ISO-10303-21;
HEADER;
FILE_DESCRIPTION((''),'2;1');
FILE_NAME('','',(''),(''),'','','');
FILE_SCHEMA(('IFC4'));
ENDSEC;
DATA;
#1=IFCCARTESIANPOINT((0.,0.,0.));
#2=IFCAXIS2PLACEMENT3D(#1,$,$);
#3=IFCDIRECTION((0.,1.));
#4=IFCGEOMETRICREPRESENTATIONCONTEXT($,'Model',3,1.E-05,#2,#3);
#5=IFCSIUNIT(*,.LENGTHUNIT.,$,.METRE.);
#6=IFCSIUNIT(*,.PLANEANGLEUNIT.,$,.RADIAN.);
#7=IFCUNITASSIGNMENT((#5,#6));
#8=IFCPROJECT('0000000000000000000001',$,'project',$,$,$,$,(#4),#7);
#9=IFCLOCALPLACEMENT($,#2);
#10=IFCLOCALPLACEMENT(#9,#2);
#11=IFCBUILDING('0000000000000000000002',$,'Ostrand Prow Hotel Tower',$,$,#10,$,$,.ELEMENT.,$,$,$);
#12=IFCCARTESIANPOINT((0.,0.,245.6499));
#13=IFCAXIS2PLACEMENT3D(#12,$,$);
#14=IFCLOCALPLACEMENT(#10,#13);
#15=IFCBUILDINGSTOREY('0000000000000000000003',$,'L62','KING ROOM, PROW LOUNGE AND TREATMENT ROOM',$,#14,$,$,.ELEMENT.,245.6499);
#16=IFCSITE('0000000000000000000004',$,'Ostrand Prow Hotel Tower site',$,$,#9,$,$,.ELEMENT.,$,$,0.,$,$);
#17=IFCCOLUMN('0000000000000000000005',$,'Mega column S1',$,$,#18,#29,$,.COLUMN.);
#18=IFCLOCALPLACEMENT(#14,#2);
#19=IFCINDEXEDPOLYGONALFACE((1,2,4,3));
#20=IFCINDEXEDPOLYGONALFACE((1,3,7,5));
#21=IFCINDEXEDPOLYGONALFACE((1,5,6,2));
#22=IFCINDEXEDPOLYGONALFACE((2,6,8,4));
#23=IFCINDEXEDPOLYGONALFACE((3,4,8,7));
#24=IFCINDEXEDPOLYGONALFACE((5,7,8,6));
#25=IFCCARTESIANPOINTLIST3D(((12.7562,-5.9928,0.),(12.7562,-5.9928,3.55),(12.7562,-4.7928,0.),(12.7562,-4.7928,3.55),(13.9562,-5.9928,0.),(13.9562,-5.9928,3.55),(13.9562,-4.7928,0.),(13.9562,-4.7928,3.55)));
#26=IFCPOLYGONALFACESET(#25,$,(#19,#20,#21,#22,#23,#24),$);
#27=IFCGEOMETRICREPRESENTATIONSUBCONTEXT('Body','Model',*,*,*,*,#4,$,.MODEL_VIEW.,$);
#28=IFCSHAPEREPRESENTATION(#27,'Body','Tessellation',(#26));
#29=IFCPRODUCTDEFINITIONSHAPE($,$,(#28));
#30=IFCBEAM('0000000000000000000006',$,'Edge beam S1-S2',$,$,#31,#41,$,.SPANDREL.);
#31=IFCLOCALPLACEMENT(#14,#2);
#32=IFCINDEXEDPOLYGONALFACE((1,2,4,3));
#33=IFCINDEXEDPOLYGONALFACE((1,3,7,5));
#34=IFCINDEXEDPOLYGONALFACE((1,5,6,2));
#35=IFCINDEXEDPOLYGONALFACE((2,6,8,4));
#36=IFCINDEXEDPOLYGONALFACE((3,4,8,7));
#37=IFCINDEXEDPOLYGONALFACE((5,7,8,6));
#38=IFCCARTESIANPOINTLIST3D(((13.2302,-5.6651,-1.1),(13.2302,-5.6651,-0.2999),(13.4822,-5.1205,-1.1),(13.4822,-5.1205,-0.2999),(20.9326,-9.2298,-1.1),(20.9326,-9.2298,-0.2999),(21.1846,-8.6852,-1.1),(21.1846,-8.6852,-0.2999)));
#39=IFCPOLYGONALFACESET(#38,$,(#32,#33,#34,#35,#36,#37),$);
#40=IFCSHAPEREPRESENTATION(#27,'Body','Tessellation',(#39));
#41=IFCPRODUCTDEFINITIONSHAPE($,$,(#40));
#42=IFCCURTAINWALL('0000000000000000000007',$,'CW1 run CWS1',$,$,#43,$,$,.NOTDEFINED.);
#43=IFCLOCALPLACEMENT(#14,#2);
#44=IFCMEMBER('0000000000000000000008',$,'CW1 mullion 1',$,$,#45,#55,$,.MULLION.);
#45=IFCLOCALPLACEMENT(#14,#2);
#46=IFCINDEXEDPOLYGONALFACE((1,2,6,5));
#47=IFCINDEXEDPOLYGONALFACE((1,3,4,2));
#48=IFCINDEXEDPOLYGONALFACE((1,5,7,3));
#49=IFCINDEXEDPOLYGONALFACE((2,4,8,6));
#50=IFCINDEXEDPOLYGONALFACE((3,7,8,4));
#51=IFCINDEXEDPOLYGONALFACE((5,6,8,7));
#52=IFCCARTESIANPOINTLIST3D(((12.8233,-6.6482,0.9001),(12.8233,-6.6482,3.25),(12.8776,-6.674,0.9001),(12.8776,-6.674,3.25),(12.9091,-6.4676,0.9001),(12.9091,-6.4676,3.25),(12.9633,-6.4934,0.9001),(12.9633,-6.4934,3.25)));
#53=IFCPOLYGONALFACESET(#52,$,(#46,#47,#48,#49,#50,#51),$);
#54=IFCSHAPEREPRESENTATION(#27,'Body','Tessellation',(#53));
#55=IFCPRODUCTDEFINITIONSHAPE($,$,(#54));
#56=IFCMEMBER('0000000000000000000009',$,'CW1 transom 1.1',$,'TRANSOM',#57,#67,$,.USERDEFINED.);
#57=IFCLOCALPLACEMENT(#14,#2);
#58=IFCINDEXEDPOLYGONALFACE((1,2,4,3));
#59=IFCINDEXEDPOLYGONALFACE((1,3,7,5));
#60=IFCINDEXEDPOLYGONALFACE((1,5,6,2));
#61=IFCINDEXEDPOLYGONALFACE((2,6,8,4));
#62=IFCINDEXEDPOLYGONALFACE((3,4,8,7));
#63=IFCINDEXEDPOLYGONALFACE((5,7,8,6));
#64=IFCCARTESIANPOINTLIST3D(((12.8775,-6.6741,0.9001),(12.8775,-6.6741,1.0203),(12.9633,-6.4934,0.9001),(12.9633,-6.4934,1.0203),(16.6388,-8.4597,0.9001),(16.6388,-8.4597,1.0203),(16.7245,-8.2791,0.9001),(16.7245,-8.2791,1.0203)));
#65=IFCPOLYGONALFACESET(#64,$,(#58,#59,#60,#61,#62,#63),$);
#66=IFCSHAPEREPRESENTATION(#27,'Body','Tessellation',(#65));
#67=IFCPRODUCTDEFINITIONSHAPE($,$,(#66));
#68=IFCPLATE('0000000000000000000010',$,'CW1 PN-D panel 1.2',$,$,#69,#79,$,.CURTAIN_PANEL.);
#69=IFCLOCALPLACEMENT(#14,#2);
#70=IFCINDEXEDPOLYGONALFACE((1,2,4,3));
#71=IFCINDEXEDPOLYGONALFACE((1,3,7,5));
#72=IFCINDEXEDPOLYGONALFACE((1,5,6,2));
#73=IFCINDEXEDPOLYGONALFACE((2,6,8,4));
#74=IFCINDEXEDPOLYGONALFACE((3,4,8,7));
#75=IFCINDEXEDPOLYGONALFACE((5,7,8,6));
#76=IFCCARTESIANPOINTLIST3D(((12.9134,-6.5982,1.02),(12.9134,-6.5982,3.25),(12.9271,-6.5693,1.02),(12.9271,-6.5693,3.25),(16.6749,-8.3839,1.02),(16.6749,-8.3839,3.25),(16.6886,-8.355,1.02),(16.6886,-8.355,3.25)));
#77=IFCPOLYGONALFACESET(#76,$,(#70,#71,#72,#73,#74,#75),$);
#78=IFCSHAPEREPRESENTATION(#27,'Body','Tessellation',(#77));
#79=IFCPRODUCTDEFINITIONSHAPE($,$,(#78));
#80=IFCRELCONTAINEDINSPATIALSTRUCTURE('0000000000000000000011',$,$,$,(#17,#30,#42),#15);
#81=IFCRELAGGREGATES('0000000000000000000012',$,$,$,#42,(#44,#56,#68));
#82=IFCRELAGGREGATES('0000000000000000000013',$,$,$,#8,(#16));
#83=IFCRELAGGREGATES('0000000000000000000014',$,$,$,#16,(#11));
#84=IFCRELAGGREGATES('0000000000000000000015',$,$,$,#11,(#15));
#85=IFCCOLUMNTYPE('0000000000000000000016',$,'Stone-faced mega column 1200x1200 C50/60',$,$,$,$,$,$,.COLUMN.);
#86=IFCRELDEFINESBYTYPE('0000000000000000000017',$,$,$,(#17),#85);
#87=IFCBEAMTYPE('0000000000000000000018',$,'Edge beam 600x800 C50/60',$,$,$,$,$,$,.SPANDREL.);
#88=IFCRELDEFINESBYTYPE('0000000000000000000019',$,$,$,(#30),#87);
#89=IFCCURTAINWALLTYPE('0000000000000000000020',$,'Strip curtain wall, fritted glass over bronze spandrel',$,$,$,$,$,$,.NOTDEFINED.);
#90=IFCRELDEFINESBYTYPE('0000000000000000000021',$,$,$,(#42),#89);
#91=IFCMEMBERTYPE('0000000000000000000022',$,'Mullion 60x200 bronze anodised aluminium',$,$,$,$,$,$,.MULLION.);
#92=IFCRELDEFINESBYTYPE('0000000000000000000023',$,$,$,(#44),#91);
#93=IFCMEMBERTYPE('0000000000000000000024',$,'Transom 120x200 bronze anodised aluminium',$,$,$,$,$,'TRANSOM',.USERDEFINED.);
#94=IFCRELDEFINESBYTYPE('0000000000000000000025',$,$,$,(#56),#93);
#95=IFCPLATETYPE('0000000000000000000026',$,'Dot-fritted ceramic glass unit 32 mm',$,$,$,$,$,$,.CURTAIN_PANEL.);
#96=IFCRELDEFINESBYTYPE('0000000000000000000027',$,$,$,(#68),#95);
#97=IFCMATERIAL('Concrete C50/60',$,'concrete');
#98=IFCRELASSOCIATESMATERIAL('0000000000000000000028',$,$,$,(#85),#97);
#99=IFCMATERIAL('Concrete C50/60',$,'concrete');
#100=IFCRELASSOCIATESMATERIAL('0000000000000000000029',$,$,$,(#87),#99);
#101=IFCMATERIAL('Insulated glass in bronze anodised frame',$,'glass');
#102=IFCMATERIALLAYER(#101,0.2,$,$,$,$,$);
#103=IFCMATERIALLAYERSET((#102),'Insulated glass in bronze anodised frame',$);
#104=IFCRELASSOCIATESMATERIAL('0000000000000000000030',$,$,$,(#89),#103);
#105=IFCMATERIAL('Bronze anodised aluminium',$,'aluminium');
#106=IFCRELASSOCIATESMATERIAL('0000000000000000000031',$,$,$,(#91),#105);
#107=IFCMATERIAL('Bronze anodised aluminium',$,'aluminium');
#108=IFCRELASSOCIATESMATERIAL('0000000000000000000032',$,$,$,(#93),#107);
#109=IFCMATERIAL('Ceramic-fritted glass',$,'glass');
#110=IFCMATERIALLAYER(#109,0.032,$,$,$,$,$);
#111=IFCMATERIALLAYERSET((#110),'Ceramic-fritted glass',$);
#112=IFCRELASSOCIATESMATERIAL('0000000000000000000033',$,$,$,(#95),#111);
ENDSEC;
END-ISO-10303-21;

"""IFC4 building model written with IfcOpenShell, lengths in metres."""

from ifc_helpers import new_model, si_unit, direction, frame, origin, origin_2d, place, context, subcontext, project, spatial, rectangle, extrude, material, layer, layer_set, material_profile, profile_set, type_object, element, aggregate, save


model = new_model("IFC4")

# Units and contexts
model_context = context("Model", 3, precision=1e-05, world=origin(), true_north=direction((0.0, 1.0)))
body_context = subcontext(model_context, "Body", "Model", "MODEL_VIEW")
ifc_project = project(units=[si_unit("LENGTHUNIT", "METRE"), si_unit("PLANEANGLEUNIT", "RADIAN")], contexts=[model_context])

# Site, building, storey
site_placement = place(None, origin())
site = spatial("IfcSite", under=ifc_project, at=site_placement, Name="Ostrand Prow Hotel Tower site", CompositionType="ELEMENT", RefElevation=0.0)
building_placement = place(site_placement, origin())
building = spatial("IfcBuilding", under=site, at=building_placement, Name="Ostrand Prow Hotel Tower", CompositionType="ELEMENT")
storey_placement = place(building_placement, frame((0.0, 0.0, 245.6499)))
storey = spatial("IfcBuildingStorey", under=building, at=storey_placement, Name="L62", Description="KING ROOM, PROW LOUNGE AND TREATMENT ROOM", CompositionType="ELEMENT", Elevation=245.6499)

# Column
ifc_material_1 = material(Name="Concrete C50/60", Category="concrete")
ifc_material_profile_1 = material_profile(ifc_material_1, rectangle(XDim=1.2, YDim=1.2, at=origin_2d()), Name="RC 1200x1200")
ifc_profile_set_1 = profile_set([ifc_material_profile_1], Name="Concrete C50/60")
column_type = type_object("IfcColumnType", Name="Stone-faced mega column 1200x1200 C50/60", PredefinedType="COLUMN", material=ifc_profile_set_1)
column_placement = place(storey_placement, frame((13.3562, -5.3928, 0.0), z_axis=(0.0, 0.0, 1.0), x_axis=(1.0, 0.0, 0.0)))
element("IfcColumn", 1, at=column_placement, inside=storey, type_object=column_type, Name="Mega column S1", PredefinedType="COLUMN", context=body_context, shape_type="SweptSolid", body=[
    extrude(rectangle(XDim=1.2, YDim=1.2, at=origin_2d()), origin(), (0.0, 0.0, 1.0), 3.55),
])

# Beam
ifc_material_2 = material(Name="Concrete C50/60", Category="concrete")
ifc_material_profile_2 = material_profile(ifc_material_2, rectangle(XDim=0.6001, YDim=0.8, at=origin_2d()), Name="RC 600x800")
ifc_profile_set_2 = profile_set([ifc_material_profile_2], Name="Concrete C50/60")
beam_type = type_object("IfcBeamType", Name="Edge beam 600x800 C50/60", PredefinedType="SPANDREL", material=ifc_profile_set_2)
beam_placement = place(storey_placement, frame((13.3562, -5.3928, -0.7), z_axis=(0.907522, -0.420005, 0.0), x_axis=(0.420005, 0.907522, 0.0)))
element("IfcBeam", 2, at=beam_placement, inside=storey, type_object=beam_type, Name="Edge beam S1-S2", PredefinedType="SPANDREL", context=body_context, shape_type="SweptSolid", body=[
    extrude(rectangle(XDim=0.6001, YDim=0.8, at=origin_2d()), origin(), (0.0, 0.0, 1.0), 8.4873),
])

# Curtain wall, members, plate
ifc_material_3 = material(Name="Insulated glass in bronze anodised frame", Category="glass")
ifc_layer_1 = layer(ifc_material_3, 0.2)
ifc_layer_set_1 = layer_set([ifc_layer_1], Name="Insulated glass in bronze anodised frame")
curtain_wall_type = type_object("IfcCurtainWallType", Name="Strip curtain wall, fritted glass over bronze spandrel", PredefinedType="NOTDEFINED", material=ifc_layer_set_1)
curtain_wall_placement = place(storey_placement, origin())
curtain_wall = element("IfcCurtainWall", 3, at=curtain_wall_placement, inside=storey, type_object=curtain_wall_type, Name="CW1 run CWS1", PredefinedType="NOTDEFINED")
ifc_material_4 = material(Name="Bronze anodised aluminium", Category="aluminium")
ifc_material_profile_3 = material_profile(ifc_material_4, rectangle(XDim=0.2, YDim=0.0601, at=origin_2d()), Name="Mullion 60x200 bronze anodised aluminium")
ifc_profile_set_3 = profile_set([ifc_material_profile_3], Name="Bronze anodised aluminium")
member_type_1 = type_object("IfcMemberType", Name="Mullion 60x200 bronze anodised aluminium", PredefinedType="MULLION", material=ifc_profile_set_3)
member_1_placement = place(storey_placement, frame((12.8933, -6.5708, 0.9001), z_axis=(0.0, 0.0, 1.0), x_axis=(0.428861, 0.90337, 0.0)))
member_1 = element("IfcMember", 4, at=member_1_placement, type_object=member_type_1, Name="CW1 mullion 1", PredefinedType="MULLION", context=body_context, shape_type="SweptSolid", body=[
    extrude(rectangle(XDim=0.2, YDim=0.0601, at=origin_2d()), origin(), (0.0, 0.0, 1.0), 2.3499),
])
ifc_material_5 = material(Name="Bronze anodised aluminium", Category="aluminium")
ifc_material_profile_4 = material_profile(ifc_material_5, rectangle(XDim=0.2, YDim=0.1201, at=origin_2d()), Name="Transom 120x200 bronze anodised aluminium")
ifc_profile_set_4 = profile_set([ifc_material_profile_4], Name="Bronze anodised aluminium")
member_type_2 = type_object("IfcMemberType", Name="Transom 120x200 bronze anodised aluminium", ElementType="TRANSOM", PredefinedType="USERDEFINED", material=ifc_profile_set_4)
member_2_placement = place(storey_placement, frame((12.9204, -6.5837, 0.9602), z_axis=(0.903365, -0.428873, 0.0), x_axis=(0.428873, 0.903365, 0.0)))
member_2 = element("IfcMember", 5, at=member_2_placement, type_object=member_type_2, Name="CW1 transom 1.1", ObjectType="TRANSOM", PredefinedType="USERDEFINED", context=body_context, shape_type="SweptSolid", body=[
    extrude(rectangle(XDim=0.2, YDim=0.1201, at=origin_2d()), origin(), (0.0, 0.0, 1.0), 4.1636),
])
ifc_material_6 = material(Name="Ceramic-fritted glass", Category="glass")
ifc_layer_2 = layer(ifc_material_6, 0.032)
ifc_layer_set_2 = layer_set([ifc_layer_2], Name="Ceramic-fritted glass")
plate_type = type_object("IfcPlateType", Name="Dot-fritted ceramic glass unit 32 mm", PredefinedType="CURTAIN_PANEL", material=ifc_layer_set_2)
plate_placement = place(storey_placement, frame((14.801, -7.4766, 1.02), z_axis=(0.0, 0.0, 1.0), x_axis=(0.90337, -0.428861, 0.0)))
plate = element("IfcPlate", 6, at=plate_placement, type_object=plate_type, Name="CW1 PN-D panel 1.2", PredefinedType="CURTAIN_PANEL", context=body_context, shape_type="SweptSolid", body=[
    extrude(rectangle(XDim=4.1638, YDim=0.032, at=origin_2d()), origin(), (0.0, 0.0, 1.0), 2.23),
])
aggregate(curtain_wall, [member_1, member_2, plate])

save(model, "model.ifc")
